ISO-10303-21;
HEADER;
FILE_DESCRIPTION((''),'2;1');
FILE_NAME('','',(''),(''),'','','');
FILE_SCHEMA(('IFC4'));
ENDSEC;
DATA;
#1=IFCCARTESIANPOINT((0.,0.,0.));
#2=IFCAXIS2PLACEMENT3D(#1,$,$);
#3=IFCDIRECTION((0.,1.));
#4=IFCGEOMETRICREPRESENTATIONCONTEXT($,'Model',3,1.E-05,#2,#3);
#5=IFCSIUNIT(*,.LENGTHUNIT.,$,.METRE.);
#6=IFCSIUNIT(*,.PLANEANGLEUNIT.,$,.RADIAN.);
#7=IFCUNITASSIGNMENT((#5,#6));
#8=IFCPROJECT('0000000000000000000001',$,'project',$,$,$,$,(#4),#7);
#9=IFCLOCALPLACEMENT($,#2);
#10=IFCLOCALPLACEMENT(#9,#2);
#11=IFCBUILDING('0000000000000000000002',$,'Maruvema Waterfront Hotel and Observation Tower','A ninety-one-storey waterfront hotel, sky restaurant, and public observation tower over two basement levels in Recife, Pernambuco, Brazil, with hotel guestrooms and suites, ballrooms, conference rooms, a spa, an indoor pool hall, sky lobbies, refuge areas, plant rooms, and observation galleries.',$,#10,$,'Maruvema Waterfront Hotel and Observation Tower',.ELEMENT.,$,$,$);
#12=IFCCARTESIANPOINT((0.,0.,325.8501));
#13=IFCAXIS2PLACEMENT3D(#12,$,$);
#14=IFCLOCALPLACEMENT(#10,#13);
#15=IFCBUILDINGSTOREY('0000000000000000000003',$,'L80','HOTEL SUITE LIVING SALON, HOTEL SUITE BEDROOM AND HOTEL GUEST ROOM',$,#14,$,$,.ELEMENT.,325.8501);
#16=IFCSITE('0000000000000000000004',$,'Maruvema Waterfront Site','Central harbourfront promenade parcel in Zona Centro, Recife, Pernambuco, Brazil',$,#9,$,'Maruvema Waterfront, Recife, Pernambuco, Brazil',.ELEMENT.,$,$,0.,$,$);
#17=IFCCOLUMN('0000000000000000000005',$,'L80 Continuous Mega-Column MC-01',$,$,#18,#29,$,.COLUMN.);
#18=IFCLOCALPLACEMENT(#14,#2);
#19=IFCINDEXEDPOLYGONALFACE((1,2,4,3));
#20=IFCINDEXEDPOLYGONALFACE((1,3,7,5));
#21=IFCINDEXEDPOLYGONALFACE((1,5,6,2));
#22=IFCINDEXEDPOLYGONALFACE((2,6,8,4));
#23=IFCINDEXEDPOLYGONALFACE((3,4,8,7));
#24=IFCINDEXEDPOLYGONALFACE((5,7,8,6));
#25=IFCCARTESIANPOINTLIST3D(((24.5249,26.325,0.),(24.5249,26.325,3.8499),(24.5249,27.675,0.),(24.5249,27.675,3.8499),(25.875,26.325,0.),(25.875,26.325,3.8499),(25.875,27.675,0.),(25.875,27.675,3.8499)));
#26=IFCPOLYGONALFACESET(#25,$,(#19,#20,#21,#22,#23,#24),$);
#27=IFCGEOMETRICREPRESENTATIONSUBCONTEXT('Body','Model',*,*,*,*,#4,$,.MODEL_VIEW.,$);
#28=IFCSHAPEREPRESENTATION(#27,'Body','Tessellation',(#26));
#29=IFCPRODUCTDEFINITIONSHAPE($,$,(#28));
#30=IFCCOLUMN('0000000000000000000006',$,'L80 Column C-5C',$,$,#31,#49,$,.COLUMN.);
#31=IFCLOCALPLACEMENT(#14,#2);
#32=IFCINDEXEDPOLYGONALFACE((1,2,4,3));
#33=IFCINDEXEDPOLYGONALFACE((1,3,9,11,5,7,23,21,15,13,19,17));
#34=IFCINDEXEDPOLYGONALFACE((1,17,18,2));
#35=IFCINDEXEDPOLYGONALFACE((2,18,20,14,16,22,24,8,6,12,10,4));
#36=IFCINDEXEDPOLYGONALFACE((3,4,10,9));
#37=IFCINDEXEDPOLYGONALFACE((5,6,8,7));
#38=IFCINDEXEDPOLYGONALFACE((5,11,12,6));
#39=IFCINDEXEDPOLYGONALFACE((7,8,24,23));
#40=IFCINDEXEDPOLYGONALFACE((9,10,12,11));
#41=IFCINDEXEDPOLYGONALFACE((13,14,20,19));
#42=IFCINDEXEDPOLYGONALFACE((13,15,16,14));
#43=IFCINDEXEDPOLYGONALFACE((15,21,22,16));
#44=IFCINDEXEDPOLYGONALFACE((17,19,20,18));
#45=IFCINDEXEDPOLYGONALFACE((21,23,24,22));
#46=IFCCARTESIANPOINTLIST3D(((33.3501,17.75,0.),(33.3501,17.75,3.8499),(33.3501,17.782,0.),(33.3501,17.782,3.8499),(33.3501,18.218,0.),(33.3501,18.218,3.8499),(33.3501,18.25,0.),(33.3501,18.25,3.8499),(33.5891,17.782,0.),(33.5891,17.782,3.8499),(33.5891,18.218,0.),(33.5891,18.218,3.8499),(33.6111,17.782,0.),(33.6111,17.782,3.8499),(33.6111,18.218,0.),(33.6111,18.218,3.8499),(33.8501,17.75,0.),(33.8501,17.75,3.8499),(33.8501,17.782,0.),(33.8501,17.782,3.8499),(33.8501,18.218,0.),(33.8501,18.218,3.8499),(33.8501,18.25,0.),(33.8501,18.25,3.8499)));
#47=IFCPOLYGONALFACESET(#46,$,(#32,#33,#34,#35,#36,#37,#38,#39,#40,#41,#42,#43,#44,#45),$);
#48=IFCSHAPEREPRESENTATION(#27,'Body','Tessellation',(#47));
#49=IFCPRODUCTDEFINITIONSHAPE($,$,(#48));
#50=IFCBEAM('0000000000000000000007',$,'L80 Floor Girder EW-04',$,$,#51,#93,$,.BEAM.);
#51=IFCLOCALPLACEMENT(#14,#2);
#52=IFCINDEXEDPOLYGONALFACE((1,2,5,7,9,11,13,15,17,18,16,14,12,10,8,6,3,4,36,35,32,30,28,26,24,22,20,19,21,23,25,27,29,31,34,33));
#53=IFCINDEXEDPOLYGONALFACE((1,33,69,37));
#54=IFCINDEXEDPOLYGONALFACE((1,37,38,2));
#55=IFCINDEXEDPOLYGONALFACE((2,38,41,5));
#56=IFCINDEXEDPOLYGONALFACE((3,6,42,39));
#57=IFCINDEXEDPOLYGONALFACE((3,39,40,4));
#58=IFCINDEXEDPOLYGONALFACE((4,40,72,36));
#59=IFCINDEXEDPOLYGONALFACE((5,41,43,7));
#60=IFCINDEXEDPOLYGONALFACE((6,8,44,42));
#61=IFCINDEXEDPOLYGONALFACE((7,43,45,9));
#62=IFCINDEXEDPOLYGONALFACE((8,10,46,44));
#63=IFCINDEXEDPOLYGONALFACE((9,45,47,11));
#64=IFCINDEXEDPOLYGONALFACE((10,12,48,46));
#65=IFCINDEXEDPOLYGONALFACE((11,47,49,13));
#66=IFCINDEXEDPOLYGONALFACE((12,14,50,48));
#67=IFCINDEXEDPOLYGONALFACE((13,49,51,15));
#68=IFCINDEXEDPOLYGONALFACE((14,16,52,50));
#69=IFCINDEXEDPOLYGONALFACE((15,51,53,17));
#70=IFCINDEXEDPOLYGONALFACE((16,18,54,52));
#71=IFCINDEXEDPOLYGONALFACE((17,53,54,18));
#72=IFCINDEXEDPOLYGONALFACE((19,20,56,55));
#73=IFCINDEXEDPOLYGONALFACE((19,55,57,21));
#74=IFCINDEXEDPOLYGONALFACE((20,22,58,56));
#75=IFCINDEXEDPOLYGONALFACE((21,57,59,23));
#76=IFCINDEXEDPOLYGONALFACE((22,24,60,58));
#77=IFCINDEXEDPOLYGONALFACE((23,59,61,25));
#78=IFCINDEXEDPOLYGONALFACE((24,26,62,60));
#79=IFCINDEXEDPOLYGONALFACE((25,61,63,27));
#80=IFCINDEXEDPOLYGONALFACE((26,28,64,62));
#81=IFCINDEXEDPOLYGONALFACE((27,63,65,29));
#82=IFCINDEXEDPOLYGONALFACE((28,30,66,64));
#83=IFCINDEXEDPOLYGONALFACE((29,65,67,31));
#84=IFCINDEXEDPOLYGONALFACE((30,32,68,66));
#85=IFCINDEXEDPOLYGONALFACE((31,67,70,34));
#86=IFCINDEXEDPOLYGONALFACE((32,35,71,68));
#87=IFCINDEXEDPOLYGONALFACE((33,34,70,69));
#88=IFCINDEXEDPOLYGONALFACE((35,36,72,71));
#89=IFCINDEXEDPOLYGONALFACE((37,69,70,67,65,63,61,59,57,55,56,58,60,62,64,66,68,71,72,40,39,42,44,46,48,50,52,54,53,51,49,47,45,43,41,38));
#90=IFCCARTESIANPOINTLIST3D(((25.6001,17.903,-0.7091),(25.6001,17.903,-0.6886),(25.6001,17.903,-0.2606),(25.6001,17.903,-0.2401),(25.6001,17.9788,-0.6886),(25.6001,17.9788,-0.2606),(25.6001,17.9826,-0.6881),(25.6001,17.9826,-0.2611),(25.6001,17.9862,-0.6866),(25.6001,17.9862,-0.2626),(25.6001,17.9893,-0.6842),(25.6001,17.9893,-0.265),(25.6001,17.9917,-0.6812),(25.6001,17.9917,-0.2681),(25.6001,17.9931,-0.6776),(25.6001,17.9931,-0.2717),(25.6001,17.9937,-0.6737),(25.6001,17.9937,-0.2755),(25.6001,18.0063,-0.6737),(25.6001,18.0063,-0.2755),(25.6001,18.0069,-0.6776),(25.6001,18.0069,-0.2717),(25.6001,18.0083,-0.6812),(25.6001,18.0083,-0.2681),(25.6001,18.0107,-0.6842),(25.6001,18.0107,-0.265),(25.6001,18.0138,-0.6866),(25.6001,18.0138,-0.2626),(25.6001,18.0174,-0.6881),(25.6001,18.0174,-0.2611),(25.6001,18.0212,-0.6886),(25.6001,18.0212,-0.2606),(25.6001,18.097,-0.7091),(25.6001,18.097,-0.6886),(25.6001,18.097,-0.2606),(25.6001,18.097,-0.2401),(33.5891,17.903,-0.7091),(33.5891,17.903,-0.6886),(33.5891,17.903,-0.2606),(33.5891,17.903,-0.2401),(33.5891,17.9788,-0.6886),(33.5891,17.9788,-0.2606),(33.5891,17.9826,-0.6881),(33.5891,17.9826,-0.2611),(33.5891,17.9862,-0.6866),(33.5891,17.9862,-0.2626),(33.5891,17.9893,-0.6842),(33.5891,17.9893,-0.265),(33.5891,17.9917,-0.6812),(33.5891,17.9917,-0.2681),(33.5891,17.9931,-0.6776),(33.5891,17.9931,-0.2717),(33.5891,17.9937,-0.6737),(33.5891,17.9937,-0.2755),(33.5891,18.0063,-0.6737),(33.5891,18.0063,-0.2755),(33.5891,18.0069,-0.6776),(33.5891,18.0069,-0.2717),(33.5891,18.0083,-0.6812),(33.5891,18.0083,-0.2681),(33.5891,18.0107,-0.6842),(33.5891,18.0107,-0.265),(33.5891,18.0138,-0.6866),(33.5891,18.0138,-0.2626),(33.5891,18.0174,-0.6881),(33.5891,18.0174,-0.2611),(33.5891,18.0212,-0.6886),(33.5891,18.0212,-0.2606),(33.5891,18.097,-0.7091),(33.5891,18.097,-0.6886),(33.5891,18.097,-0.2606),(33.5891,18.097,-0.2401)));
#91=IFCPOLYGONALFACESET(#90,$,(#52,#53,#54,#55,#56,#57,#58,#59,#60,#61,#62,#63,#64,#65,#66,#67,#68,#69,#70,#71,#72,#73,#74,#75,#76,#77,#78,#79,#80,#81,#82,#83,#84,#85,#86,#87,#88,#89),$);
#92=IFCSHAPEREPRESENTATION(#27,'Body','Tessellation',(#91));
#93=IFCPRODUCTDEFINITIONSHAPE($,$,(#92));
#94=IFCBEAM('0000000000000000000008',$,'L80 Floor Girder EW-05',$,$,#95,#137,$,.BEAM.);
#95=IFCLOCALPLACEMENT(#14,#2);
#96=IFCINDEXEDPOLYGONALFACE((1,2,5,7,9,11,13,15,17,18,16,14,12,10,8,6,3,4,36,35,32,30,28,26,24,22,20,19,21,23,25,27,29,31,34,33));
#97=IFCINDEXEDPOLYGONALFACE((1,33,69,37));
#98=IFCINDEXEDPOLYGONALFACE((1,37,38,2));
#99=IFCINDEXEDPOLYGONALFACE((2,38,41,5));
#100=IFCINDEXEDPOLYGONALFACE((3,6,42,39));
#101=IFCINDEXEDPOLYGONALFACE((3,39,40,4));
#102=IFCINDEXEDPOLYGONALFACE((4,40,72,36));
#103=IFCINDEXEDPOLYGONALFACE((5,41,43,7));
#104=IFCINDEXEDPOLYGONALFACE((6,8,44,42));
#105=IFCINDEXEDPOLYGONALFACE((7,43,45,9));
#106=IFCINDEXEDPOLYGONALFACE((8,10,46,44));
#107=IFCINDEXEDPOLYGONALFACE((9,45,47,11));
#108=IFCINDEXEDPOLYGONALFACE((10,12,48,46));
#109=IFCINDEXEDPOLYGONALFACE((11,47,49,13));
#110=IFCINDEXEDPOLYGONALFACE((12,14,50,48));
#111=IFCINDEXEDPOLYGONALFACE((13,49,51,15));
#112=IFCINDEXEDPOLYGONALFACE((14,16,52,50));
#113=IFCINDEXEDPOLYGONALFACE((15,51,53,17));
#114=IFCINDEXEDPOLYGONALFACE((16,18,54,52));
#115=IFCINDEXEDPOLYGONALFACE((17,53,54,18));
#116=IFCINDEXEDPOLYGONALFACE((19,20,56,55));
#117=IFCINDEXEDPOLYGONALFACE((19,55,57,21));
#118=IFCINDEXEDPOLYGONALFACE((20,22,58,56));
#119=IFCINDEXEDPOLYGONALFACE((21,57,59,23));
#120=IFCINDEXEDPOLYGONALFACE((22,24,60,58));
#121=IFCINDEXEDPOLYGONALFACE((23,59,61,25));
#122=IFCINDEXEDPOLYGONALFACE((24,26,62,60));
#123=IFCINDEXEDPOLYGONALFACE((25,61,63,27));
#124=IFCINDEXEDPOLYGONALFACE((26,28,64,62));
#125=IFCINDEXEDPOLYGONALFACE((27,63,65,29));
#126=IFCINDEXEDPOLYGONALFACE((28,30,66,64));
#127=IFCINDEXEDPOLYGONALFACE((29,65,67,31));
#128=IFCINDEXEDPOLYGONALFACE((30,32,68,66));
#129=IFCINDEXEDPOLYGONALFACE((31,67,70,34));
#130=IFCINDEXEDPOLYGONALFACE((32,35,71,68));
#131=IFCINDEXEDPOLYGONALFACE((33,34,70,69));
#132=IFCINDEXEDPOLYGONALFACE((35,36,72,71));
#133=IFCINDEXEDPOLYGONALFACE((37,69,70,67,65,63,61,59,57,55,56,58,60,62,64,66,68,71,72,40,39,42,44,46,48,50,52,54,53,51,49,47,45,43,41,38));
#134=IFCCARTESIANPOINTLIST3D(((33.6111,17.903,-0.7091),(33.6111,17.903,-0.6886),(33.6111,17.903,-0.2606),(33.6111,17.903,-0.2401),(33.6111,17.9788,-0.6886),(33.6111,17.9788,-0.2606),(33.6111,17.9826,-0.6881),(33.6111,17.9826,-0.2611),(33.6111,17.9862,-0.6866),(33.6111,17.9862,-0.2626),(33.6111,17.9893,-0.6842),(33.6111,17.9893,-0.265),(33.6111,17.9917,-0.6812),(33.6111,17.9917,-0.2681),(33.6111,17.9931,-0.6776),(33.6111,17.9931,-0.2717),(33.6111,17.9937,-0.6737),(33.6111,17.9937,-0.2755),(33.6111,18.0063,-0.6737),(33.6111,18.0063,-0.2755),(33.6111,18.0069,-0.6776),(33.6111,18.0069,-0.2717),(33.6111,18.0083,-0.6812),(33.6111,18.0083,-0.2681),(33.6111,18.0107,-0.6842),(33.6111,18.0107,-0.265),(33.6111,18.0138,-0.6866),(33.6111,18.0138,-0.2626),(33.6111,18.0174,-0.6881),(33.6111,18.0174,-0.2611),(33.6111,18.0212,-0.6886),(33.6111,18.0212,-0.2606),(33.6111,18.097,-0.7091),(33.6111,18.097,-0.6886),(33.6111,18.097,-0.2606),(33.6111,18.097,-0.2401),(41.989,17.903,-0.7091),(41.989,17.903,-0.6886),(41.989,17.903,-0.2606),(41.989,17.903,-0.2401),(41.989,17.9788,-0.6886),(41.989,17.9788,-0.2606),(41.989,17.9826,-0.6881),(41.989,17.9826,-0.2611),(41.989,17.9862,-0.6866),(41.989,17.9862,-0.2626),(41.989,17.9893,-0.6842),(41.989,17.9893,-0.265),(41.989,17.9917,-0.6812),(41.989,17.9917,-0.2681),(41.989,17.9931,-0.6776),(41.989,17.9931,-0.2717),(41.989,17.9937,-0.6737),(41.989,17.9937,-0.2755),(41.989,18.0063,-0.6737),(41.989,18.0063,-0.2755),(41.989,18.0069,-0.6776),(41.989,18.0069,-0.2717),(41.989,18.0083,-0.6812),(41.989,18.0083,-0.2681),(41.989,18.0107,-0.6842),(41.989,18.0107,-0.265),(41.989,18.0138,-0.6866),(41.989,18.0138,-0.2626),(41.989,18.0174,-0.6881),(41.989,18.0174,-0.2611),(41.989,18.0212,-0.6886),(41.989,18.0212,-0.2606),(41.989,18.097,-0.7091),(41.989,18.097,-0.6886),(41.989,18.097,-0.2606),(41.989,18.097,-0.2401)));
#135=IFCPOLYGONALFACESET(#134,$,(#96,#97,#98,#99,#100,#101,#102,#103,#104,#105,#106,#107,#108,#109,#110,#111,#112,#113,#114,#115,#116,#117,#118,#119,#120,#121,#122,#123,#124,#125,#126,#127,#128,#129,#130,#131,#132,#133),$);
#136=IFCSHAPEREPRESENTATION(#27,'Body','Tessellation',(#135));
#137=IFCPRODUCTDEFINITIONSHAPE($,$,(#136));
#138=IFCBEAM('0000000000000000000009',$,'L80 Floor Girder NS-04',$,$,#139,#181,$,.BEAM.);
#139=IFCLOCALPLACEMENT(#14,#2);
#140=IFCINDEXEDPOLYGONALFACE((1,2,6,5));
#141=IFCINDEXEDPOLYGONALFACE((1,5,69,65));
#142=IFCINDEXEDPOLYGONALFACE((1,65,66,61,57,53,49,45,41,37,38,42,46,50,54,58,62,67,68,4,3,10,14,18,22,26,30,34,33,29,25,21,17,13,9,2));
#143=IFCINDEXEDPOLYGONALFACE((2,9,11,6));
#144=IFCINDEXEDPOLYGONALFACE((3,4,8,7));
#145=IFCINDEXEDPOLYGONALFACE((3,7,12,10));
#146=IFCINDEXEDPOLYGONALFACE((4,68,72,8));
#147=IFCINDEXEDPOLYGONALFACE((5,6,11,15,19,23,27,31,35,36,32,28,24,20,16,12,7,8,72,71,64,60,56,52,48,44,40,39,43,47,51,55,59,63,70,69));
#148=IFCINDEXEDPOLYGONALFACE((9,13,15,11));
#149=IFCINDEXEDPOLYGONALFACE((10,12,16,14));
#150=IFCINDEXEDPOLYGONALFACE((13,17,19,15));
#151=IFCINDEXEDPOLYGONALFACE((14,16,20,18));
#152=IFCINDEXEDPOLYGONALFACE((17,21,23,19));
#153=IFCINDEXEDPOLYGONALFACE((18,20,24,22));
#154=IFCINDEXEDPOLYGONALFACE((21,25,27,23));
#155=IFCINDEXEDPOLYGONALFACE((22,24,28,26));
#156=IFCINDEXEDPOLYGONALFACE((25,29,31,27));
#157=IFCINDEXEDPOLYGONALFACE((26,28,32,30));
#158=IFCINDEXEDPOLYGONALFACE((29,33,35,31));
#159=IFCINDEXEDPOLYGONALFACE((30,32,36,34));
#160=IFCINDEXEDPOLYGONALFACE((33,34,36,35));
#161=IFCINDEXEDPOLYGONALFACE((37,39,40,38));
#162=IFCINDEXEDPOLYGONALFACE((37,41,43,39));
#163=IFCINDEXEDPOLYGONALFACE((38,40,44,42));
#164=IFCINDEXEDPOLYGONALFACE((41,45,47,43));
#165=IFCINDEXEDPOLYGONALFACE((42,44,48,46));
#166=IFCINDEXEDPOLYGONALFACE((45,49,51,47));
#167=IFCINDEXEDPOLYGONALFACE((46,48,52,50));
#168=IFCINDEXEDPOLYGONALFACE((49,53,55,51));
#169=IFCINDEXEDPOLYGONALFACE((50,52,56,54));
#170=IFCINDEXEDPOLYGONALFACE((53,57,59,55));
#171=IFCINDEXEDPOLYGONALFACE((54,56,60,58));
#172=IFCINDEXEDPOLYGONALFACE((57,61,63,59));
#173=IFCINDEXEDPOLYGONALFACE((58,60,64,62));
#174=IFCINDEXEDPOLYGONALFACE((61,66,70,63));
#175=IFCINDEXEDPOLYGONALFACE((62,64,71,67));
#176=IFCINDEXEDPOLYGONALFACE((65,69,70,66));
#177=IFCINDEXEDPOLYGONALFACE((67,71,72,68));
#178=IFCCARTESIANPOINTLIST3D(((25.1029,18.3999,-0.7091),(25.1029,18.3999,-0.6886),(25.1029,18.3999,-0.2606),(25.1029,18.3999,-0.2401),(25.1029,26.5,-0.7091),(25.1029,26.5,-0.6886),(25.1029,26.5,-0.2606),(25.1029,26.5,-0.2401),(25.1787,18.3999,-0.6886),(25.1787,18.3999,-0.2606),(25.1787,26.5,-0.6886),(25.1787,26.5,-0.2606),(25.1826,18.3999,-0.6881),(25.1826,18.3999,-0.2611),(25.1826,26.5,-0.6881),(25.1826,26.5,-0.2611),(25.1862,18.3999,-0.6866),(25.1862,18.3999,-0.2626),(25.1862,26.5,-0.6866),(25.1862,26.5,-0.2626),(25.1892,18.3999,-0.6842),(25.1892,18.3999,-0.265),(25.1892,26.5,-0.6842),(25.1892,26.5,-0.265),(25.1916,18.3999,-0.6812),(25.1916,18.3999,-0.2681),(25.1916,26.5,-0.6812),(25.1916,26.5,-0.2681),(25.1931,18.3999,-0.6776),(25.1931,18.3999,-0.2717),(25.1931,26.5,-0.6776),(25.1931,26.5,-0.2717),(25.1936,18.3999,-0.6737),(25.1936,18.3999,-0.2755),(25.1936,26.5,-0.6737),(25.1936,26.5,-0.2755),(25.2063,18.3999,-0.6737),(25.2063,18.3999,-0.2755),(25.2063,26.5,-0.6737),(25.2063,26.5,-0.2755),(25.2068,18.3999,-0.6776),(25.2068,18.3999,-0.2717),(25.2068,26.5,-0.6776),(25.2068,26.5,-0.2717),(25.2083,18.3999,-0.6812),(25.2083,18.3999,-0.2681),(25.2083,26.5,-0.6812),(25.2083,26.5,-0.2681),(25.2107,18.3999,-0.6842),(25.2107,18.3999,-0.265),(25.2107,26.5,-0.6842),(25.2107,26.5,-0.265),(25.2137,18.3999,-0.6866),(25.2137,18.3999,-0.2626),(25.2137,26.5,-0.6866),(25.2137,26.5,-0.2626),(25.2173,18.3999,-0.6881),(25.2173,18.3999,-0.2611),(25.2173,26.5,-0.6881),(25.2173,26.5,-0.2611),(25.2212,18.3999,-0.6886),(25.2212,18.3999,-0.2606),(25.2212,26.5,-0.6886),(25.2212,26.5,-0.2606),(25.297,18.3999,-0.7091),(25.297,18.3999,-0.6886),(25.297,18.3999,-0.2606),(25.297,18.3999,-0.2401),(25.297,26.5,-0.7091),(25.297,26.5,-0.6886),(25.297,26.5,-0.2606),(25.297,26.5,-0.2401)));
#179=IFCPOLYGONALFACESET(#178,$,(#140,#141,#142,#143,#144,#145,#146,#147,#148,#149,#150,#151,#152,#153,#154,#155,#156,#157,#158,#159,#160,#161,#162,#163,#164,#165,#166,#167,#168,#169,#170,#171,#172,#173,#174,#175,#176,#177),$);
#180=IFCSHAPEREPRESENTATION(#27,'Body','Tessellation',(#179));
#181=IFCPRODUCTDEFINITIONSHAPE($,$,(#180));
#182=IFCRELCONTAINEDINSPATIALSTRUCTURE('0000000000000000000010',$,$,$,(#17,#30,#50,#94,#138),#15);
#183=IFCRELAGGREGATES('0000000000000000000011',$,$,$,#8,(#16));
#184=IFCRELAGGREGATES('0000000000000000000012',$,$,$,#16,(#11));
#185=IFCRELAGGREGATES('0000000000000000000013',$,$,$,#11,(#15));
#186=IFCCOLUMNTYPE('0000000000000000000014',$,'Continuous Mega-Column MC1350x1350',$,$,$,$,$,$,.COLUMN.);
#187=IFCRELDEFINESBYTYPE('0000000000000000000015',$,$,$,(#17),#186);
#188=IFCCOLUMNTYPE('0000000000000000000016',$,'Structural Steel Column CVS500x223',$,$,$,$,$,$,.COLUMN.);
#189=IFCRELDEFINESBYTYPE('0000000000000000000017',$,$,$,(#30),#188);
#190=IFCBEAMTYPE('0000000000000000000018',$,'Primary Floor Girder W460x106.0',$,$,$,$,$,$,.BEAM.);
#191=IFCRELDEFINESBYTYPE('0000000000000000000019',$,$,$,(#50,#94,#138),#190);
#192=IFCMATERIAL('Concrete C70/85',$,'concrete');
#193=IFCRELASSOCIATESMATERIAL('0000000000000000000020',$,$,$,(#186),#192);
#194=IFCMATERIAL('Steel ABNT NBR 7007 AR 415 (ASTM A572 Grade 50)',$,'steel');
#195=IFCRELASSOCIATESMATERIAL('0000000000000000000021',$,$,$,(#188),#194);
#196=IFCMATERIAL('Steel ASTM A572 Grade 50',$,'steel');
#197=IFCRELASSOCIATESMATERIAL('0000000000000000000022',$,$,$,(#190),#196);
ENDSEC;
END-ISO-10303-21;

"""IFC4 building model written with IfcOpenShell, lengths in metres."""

from ifc_helpers import new_model, si_unit, direction, frame, origin, origin_2d, place, context, subcontext, project, spatial, rectangle, i_section, extrude, material, material_profile, profile_set, type_object, element, save


model = new_model("IFC4")

# Units and contexts
model_context = context("Model", 3, precision=1e-05, world=origin(), true_north=direction((0.0, 1.0)))
body_context = subcontext(model_context, "Body", "Model", "MODEL_VIEW")
ifc_project = project(units=[si_unit("LENGTHUNIT", "METRE"), si_unit("PLANEANGLEUNIT", "RADIAN")], contexts=[model_context])

# Site, building, storey
site_placement = place(None, origin())
site = spatial("IfcSite", under=ifc_project, at=site_placement, Name="Maruvema Waterfront Site", Description="Central harbourfront promenade parcel in Zona Centro, Recife, Pernambuco, Brazil", LongName="Maruvema Waterfront, Recife, Pernambuco, Brazil", CompositionType="ELEMENT", RefElevation=0.0)
building_placement = place(site_placement, origin())
building = spatial("IfcBuilding", under=site, at=building_placement, Name="Maruvema Waterfront Hotel and Observation Tower", Description="A ninety-one-storey waterfront hotel, sky restaurant, and public observation tower over two basement levels in Recife, Pernambuco, Brazil, with hotel guestrooms and suites, ballrooms, conference rooms, a spa, an indoor pool hall, sky lobbies, refuge areas, plant rooms, and observation galleries.", LongName="Maruvema Waterfront Hotel and Observation Tower", CompositionType="ELEMENT")
storey_placement = place(building_placement, frame((0.0, 0.0, 325.8501)))
storey = spatial("IfcBuildingStorey", under=building, at=storey_placement, Name="L80", Description="HOTEL SUITE LIVING SALON, HOTEL SUITE BEDROOM AND HOTEL GUEST ROOM", CompositionType="ELEMENT", Elevation=325.8501)

# Columns
ifc_material_1 = material(Name="Concrete C70/85", Category="concrete")
ifc_material_profile_1 = material_profile(ifc_material_1, rectangle(XDim=1.3501, YDim=1.3501, at=origin_2d()), Name="MC1350x1350")
ifc_profile_set_1 = profile_set([ifc_material_profile_1], Name="Concrete C70/85")
column_type_1 = type_object("IfcColumnType", Name="Continuous Mega-Column MC1350x1350", PredefinedType="COLUMN", material=ifc_profile_set_1)
column_1_placement = place(storey_placement, frame((25.2, 27.0, 0.0), z_axis=(0.0, 0.0, 1.0), x_axis=(1.0, 0.0, 0.0)))
element("IfcColumn", 1, at=column_1_placement, inside=storey, type_object=column_type_1, Name="L80 Continuous Mega-Column MC-01", PredefinedType="COLUMN", context=body_context, shape_type="SweptSolid", body=[
    extrude(rectangle(XDim=1.3501, YDim=1.3501, at=origin_2d()), origin(), (0.0, 0.0, 1.0), 3.8499),
])
ifc_material_2 = material(Name="Steel ABNT NBR 7007 AR 415 (ASTM A572 Grade 50)", Category="steel")
ifc_material_profile_2 = material_profile(ifc_material_2, i_section(OverallWidth=0.5, OverallDepth=0.5, WebThickness=0.022, FlangeThickness=0.032, at=origin_2d()), Name="CVS500x223")
ifc_profile_set_2 = profile_set([ifc_material_profile_2], Name="Steel ABNT NBR 7007 AR 415 (ASTM A572 Grade 50)")
column_type_2 = type_object("IfcColumnType", Name="Structural Steel Column CVS500x223", PredefinedType="COLUMN", material=ifc_profile_set_2)
column_2_placement = place(storey_placement, frame((33.6001, 18.0, 0.0), z_axis=(0.0, 0.0, 1.0), x_axis=(1.0, 0.0, 0.0)))
element("IfcColumn", 2, at=column_2_placement, inside=storey, type_object=column_type_2, Name="L80 Column C-5C", PredefinedType="COLUMN", context=body_context, shape_type="SweptSolid", body=[
    extrude(i_section(OverallWidth=0.5, OverallDepth=0.5, WebThickness=0.022, FlangeThickness=0.032, at=origin_2d()), origin(), (0.0, 0.0, 1.0), 3.8499),
])

# Beams
ifc_material_3 = material(Name="Steel ASTM A572 Grade 50", Category="steel")
ifc_material_profile_3 = material_profile(ifc_material_3, i_section(OverallWidth=0.1941, OverallDepth=0.469, WebThickness=0.0127, FlangeThickness=0.0205, FilletRadius=0.0149, at=origin_2d()), Name="W460x106.0")
ifc_profile_set_3 = profile_set([ifc_material_profile_3], Name="Steel ASTM A572 Grade 50")
beam_type_1 = type_object("IfcBeamType", Name="Primary Floor Girder W460x106.0", PredefinedType="BEAM", material=ifc_profile_set_3)
beam_1_placement = place(storey_placement, frame((25.6001, 18.0, -0.4746), z_axis=(1.0, 0.0, 0.0), x_axis=(0.0, 1.0, 0.0)))
element("IfcBeam", 3, at=beam_1_placement, inside=storey, type_object=beam_type_1, Name="L80 Floor Girder EW-04", PredefinedType="BEAM", context=body_context, shape_type="SweptSolid", body=[
    extrude(i_section(OverallWidth=0.1941, OverallDepth=0.469, WebThickness=0.0127, FlangeThickness=0.0205, FilletRadius=0.0149, at=origin_2d()), origin(), (0.0, 0.0, 1.0), 7.989),
])
beam_2_placement = place(storey_placement, frame((33.6111, 18.0, -0.4746), z_axis=(1.0, 0.0, 0.0), x_axis=(0.0, 1.0, 0.0)))
element("IfcBeam", 4, at=beam_2_placement, inside=storey, type_object=beam_type_1, Name="L80 Floor Girder EW-05", PredefinedType="BEAM", context=body_context, shape_type="SweptSolid", body=[
    extrude(i_section(OverallWidth=0.1941, OverallDepth=0.469, WebThickness=0.0127, FlangeThickness=0.0205, FilletRadius=0.0149, at=origin_2d()), origin(), (0.0, 0.0, 1.0), 8.3779),
])
for number, where, z_axis, x_axis, name in (
    (5, (25.2, 18.3999, -0.4746), (0.0, 1.0, 0.0), (-1.0, 0.0, 0.0), "L80 Floor Girder NS-04"),
):
    element("IfcBeam", number, at=place(storey_placement, frame(where, z_axis=z_axis, x_axis=x_axis)), inside=storey, type_object=beam_type_1, Name=name, PredefinedType="BEAM", context=body_context, shape_type="SweptSolid", body=[
        extrude(i_section(OverallWidth=0.1941, OverallDepth=0.469, WebThickness=0.0127, FlangeThickness=0.0205, FilletRadius=0.0149, at=origin_2d()), origin(), (0.0, 0.0, 1.0), 8.1001),
    ])

save(model, "model.ifc")
